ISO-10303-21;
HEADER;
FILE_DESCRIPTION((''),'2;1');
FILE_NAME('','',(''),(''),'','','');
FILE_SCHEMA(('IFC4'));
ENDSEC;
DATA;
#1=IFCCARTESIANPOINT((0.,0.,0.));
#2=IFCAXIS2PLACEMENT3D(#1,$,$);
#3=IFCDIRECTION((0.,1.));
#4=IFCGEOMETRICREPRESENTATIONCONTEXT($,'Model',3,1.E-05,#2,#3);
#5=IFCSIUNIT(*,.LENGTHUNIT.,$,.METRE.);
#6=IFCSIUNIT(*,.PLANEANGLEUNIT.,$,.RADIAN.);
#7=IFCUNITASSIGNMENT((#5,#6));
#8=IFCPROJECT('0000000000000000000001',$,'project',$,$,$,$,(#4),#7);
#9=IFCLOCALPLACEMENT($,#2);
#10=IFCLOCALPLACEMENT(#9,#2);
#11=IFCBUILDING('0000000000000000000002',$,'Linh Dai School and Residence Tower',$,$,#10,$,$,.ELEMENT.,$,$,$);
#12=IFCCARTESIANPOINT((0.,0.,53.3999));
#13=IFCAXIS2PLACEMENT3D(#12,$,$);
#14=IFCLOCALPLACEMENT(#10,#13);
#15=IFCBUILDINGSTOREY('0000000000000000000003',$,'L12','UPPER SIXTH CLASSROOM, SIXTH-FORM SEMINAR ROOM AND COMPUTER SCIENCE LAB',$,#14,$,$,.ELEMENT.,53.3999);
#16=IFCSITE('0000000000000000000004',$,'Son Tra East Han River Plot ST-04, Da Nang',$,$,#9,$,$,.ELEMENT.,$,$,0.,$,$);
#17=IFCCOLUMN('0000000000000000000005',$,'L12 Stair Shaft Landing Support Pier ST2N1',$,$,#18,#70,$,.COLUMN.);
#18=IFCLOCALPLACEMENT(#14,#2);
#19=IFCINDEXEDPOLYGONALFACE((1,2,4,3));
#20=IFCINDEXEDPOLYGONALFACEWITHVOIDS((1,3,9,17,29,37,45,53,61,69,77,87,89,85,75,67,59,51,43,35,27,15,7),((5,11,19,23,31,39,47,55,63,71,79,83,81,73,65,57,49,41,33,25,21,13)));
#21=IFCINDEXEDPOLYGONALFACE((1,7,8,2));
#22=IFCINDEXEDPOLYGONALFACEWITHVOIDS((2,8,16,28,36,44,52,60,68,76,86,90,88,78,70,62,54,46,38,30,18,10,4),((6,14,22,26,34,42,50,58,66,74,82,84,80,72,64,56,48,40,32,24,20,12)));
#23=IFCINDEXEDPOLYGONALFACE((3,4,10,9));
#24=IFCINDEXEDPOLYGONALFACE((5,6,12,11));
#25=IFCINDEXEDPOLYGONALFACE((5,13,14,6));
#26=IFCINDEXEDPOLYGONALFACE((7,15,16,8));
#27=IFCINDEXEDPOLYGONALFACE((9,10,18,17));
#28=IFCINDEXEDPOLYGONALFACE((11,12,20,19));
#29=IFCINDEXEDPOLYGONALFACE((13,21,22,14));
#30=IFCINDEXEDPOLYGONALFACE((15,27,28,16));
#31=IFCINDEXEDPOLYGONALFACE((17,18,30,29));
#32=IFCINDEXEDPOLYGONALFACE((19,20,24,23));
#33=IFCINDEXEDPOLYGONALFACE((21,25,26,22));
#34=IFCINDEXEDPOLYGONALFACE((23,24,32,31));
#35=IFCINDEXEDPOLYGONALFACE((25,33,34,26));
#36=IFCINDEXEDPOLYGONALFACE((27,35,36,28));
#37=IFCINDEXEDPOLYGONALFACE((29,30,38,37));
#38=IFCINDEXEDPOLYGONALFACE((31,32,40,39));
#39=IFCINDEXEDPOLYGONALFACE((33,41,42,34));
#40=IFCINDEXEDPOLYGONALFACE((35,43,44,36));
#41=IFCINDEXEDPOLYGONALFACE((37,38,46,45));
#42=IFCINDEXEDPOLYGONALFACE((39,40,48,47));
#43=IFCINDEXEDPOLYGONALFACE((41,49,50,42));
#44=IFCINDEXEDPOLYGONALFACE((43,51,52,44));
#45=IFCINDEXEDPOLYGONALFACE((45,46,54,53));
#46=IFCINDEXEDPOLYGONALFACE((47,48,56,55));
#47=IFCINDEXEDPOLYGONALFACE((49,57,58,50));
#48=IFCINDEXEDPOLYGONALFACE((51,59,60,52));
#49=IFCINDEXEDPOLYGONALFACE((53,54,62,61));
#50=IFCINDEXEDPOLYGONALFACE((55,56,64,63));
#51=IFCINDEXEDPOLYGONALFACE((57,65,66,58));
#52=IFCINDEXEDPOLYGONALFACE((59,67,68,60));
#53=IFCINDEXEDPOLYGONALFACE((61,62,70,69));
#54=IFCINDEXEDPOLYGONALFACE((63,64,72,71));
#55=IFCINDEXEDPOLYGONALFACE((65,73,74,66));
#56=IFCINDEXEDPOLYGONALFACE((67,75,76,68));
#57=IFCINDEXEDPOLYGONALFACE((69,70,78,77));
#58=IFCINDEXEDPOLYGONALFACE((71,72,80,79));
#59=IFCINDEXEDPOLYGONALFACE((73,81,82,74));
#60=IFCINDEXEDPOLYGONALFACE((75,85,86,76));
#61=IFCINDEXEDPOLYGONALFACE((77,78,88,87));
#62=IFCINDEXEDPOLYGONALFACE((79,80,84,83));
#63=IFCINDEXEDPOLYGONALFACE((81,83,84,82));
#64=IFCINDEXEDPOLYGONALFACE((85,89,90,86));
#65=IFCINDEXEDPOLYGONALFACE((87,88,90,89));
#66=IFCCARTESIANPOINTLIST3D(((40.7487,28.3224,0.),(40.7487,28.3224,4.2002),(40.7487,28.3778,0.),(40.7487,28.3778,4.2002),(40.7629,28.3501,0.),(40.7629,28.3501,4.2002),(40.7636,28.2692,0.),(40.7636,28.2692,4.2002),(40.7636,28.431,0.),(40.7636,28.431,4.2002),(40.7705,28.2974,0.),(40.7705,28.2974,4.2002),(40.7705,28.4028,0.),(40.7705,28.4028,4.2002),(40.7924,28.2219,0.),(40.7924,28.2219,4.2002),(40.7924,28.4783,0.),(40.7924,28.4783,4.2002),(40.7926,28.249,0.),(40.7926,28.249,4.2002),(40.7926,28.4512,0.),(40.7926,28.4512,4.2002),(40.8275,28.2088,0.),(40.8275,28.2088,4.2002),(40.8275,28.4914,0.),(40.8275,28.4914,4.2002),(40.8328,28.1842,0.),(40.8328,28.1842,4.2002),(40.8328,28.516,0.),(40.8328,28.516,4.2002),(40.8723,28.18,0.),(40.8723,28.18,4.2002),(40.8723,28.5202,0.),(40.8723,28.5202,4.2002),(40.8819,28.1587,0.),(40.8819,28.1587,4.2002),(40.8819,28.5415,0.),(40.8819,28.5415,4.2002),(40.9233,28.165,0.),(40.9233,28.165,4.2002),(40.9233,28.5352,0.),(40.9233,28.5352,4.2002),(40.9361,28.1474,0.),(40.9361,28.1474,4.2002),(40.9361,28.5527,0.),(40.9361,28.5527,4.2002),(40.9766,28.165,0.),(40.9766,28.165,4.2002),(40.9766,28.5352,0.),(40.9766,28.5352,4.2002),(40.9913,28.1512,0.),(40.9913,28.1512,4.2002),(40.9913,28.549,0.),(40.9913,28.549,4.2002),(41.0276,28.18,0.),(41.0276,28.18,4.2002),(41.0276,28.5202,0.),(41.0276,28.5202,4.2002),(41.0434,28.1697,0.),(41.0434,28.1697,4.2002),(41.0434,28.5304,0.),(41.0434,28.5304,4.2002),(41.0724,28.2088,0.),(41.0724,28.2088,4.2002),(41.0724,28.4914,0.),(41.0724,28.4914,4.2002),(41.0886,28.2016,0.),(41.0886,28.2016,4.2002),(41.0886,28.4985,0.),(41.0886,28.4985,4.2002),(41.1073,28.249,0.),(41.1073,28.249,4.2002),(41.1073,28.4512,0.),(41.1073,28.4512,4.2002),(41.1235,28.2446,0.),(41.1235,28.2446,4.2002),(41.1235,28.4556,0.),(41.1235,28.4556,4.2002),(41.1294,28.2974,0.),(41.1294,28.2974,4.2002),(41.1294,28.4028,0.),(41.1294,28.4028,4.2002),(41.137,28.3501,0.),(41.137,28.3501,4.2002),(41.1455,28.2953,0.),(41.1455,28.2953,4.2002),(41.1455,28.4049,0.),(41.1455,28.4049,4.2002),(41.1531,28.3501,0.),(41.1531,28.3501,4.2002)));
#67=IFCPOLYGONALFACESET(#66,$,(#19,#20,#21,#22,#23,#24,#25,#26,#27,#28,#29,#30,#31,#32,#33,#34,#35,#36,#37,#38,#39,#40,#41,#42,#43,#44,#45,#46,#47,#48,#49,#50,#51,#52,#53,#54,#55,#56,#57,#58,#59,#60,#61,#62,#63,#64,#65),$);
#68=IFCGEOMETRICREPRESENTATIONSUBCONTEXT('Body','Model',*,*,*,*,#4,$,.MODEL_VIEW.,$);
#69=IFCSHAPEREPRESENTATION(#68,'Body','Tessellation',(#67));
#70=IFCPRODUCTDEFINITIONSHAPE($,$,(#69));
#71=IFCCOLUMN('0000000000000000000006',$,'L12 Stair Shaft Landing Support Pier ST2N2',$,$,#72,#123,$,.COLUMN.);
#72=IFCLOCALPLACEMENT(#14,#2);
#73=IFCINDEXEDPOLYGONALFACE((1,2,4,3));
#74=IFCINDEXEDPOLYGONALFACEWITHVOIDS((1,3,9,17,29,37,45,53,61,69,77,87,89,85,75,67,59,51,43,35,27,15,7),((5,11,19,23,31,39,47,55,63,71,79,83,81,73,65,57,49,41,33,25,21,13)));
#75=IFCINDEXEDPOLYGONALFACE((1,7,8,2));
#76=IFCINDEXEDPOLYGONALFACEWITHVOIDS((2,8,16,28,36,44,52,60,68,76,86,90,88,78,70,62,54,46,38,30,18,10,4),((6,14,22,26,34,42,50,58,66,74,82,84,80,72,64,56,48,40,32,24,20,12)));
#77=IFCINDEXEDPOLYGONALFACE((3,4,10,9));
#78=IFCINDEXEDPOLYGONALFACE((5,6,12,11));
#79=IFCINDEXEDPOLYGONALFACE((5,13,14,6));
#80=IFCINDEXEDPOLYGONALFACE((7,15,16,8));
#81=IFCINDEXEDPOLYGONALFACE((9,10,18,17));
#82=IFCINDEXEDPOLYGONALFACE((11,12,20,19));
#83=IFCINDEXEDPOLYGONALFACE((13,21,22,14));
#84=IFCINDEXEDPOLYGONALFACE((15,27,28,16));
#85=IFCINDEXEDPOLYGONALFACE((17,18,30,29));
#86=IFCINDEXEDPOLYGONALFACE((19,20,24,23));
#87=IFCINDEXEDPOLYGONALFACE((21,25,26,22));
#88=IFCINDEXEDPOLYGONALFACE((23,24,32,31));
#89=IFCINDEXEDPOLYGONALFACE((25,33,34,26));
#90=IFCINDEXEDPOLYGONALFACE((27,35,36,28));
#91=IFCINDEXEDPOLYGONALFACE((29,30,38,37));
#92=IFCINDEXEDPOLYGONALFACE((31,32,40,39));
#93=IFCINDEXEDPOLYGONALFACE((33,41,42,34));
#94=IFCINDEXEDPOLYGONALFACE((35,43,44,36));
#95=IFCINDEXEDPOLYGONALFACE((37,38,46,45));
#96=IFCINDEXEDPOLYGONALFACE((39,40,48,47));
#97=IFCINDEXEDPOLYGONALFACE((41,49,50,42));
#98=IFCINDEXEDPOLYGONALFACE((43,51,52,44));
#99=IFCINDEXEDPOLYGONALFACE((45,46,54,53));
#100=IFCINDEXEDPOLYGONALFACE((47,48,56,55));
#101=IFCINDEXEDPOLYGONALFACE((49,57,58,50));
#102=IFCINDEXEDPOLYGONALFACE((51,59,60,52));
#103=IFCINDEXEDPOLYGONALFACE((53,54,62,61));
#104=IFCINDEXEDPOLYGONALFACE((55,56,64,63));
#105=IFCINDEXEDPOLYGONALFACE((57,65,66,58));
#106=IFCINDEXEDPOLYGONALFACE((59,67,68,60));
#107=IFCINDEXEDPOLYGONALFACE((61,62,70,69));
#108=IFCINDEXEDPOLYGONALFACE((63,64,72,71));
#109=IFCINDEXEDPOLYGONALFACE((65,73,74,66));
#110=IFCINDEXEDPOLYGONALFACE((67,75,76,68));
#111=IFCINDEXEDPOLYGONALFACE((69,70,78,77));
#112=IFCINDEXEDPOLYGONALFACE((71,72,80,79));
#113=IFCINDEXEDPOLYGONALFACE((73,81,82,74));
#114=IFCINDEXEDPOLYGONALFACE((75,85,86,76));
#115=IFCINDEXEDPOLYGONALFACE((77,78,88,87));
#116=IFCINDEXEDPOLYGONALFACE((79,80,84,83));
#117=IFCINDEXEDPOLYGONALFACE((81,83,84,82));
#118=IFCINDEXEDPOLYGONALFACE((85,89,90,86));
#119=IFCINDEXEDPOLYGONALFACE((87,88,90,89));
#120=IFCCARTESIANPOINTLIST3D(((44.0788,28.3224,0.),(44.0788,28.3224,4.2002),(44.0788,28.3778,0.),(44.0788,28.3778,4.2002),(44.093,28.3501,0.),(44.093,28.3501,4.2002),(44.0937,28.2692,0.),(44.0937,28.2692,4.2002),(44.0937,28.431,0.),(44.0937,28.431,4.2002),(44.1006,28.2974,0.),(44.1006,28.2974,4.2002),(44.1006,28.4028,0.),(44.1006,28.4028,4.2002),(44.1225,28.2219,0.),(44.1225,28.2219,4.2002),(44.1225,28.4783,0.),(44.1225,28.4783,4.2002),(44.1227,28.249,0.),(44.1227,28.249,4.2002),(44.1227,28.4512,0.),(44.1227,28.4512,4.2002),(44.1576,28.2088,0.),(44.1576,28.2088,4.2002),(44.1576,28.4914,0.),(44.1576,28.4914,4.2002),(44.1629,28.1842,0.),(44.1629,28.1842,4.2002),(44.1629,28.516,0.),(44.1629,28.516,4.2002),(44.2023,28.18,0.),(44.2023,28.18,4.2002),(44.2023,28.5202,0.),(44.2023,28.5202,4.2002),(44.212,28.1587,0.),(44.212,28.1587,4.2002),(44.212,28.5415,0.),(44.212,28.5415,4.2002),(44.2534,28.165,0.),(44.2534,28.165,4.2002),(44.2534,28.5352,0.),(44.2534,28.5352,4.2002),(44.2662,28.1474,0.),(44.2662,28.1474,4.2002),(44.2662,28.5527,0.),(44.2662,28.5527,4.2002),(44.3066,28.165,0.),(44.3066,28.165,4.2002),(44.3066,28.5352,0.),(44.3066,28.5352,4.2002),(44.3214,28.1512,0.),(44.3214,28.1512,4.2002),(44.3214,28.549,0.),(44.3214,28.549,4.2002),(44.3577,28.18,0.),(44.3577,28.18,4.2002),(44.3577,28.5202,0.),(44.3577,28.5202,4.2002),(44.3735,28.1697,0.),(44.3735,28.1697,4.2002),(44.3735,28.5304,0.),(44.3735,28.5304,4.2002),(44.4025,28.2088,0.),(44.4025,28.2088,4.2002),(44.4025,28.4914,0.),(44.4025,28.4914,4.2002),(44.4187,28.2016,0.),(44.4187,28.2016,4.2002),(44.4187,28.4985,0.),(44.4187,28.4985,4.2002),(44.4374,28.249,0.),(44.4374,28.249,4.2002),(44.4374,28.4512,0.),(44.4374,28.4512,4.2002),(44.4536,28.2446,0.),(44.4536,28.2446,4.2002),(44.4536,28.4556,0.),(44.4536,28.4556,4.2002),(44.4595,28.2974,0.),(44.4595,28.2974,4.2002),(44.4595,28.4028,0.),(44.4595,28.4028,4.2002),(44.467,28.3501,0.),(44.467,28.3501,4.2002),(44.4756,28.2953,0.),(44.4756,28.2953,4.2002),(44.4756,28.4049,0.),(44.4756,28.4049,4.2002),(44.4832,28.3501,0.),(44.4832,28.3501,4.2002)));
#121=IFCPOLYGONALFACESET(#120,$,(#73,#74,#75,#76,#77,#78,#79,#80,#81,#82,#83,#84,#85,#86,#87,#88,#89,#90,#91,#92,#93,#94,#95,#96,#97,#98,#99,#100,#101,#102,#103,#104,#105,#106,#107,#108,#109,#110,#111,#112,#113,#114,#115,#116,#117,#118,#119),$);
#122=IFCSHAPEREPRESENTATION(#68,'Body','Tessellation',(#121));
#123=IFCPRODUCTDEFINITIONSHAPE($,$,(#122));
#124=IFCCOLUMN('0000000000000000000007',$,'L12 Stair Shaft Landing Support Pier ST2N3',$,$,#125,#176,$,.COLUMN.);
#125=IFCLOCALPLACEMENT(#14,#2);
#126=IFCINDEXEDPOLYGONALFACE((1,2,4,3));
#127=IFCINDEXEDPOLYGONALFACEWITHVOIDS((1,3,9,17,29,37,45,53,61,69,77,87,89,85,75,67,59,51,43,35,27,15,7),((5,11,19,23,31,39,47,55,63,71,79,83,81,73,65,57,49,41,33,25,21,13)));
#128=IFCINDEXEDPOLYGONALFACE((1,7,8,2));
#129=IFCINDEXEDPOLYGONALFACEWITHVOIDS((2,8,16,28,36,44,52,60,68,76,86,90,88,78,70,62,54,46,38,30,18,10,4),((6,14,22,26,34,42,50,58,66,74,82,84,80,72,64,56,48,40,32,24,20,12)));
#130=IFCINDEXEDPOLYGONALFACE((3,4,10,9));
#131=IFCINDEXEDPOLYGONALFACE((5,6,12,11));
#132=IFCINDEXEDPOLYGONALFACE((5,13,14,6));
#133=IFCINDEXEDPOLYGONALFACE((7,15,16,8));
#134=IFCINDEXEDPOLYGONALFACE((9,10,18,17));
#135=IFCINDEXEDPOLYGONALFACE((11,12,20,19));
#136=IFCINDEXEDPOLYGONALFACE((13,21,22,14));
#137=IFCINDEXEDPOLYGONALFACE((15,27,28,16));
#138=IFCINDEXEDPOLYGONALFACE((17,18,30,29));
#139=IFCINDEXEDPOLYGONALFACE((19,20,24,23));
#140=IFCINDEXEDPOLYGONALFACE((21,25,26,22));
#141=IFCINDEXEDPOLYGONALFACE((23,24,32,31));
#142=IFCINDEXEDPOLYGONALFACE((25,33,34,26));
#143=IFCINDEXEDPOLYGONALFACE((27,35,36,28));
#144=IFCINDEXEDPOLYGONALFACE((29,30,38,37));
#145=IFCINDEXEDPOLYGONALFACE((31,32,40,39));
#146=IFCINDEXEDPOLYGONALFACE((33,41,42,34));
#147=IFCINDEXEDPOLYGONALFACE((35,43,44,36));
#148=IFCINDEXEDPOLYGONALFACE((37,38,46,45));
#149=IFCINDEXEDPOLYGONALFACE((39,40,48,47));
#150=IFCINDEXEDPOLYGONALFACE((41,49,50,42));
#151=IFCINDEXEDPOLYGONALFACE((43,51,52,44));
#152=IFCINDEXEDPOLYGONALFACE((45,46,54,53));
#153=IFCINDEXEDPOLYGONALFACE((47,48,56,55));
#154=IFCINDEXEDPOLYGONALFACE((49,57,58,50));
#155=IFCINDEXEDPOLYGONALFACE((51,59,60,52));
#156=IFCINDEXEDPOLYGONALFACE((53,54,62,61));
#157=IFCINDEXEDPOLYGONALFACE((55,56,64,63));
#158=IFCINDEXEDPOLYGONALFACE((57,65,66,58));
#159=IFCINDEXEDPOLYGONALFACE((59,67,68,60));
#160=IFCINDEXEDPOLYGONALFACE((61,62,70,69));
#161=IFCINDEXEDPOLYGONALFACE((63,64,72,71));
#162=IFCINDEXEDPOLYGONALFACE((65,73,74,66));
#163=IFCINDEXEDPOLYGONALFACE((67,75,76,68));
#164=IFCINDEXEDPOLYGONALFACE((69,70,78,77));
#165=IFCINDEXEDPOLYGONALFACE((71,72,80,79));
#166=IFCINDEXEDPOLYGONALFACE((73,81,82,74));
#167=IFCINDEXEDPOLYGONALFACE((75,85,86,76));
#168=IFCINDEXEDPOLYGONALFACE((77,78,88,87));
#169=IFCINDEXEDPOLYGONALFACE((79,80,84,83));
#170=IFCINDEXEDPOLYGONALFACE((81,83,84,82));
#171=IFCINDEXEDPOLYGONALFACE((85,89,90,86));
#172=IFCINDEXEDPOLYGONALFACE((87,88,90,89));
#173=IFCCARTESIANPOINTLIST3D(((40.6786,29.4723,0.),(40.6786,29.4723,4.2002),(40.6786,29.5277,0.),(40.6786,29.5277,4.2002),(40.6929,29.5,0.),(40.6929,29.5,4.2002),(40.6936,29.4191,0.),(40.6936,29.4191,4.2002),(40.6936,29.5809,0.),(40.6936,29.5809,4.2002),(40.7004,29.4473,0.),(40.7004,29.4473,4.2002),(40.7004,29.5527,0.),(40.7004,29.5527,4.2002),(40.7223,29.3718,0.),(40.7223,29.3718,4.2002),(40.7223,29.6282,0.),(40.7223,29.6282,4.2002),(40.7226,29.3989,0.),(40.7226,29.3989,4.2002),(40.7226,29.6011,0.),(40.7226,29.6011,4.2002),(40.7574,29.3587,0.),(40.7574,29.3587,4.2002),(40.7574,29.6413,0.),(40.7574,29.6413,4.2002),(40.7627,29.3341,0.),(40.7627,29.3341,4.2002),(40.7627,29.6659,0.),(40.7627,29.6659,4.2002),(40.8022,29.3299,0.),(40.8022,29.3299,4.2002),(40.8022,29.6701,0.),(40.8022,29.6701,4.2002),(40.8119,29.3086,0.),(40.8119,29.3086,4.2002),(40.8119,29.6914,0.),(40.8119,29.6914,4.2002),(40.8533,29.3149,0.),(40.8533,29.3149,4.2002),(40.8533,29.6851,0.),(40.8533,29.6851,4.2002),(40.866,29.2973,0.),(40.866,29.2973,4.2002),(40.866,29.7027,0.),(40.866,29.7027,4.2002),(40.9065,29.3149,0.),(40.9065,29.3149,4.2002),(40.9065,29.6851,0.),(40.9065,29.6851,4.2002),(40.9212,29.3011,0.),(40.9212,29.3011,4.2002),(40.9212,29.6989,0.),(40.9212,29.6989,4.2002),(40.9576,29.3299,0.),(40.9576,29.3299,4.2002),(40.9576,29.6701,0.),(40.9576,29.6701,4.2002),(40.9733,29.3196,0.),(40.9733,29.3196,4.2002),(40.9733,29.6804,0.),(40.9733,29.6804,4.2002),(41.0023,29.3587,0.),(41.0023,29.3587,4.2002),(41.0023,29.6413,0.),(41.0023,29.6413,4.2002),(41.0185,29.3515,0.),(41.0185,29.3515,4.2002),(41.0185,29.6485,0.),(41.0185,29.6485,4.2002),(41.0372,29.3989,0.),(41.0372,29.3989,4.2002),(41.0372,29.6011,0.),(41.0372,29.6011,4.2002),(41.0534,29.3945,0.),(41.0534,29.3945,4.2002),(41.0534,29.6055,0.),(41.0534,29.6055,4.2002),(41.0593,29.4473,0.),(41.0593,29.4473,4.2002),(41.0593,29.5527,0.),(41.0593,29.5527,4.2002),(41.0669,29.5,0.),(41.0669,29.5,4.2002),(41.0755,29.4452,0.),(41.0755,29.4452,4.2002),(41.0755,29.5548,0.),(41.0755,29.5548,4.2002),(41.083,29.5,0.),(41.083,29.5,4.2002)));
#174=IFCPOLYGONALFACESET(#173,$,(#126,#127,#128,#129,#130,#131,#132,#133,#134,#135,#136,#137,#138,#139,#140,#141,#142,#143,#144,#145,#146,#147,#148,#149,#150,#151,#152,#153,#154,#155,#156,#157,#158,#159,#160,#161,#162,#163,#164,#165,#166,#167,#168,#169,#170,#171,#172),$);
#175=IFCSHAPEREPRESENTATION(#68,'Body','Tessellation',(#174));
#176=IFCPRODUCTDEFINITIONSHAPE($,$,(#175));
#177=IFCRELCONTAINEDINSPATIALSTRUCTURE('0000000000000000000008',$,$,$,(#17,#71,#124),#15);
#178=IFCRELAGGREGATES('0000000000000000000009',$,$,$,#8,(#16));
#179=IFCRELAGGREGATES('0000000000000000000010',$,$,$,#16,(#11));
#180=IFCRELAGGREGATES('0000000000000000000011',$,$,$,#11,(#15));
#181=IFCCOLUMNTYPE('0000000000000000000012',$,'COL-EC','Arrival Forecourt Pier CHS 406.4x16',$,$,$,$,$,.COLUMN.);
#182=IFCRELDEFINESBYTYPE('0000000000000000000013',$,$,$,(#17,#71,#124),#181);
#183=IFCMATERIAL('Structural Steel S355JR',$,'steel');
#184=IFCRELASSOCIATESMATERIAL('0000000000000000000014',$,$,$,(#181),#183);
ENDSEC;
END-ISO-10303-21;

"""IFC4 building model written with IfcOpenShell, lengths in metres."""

from ifc_helpers import new_model, si_unit, direction, frame, origin, origin_2d, place, context, subcontext, project, spatial, hollow_circle, extrude, material, material_profile, profile_set, type_object, element, save


model = new_model("IFC4")

# Units and contexts
model_context = context("Model", 3, precision=1e-05, world=origin(), true_north=direction((0.0, 1.0)))
body_context = subcontext(model_context, "Body", "Model", "MODEL_VIEW")
ifc_project = project(units=[si_unit("LENGTHUNIT", "METRE"), si_unit("PLANEANGLEUNIT", "RADIAN")], contexts=[model_context])

# Site, building, storey
site_placement = place(None, origin())
site = spatial("IfcSite", under=ifc_project, at=site_placement, Name="Son Tra East Han River Plot ST-04, Da Nang", CompositionType="ELEMENT", RefElevation=0.0)
building_placement = place(site_placement, origin())
building = spatial("IfcBuilding", under=site, at=building_placement, Name="Linh Dai School and Residence Tower", CompositionType="ELEMENT")
storey_placement = place(building_placement, frame((0.0, 0.0, 53.3999)))
storey = spatial("IfcBuildingStorey", under=building, at=storey_placement, Name="L12", Description="UPPER SIXTH CLASSROOM, SIXTH-FORM SEMINAR ROOM AND COMPUTER SCIENCE LAB", CompositionType="ELEMENT", Elevation=53.3999)

# Columns
ifc_material_1 = material(Name="Structural Steel S355JR", Category="steel")
ifc_material_profile_1 = material_profile(ifc_material_1, hollow_circle(Radius=0.2031, WallThickness=0.0161, at=origin_2d()), Name="CHS 406.4x16")
ifc_profile_set_1 = profile_set([ifc_material_profile_1], Name="Structural Steel S355JR")
column_type_1 = type_object("IfcColumnType", Name="COL-EC", Description="Arrival Forecourt Pier CHS 406.4x16", PredefinedType="COLUMN", material=ifc_profile_set_1)
for number, where, z_axis, x_axis, name in (
    (1, (40.95, 28.3501, 0.0), (0.0, 0.0, 1.0), (1.0, 0.0, 0.0), "L12 Stair Shaft Landing Support Pier ST2N1"),
    (2, (44.28, 28.3501, 0.0), (0.0, 0.0, 1.0), (1.0, 0.0, 0.0), "L12 Stair Shaft Landing Support Pier ST2N2"),
    (3, (40.8799, 29.5, 0.0), (0.0, 0.0, 1.0), (1.0, 0.0, 0.0), "L12 Stair Shaft Landing Support Pier ST2N3"),
):
    element("IfcColumn", number, at=place(storey_placement, frame(where, z_axis=z_axis, x_axis=x_axis)), inside=storey, type_object=column_type_1, Name=name, PredefinedType="COLUMN", context=body_context, shape_type="SweptSolid", body=[
        extrude(hollow_circle(Radius=0.2031, WallThickness=0.0161, at=origin_2d()), origin(), (0.0, 0.0, 1.0), 4.2002),
    ])

save(model, "model.ifc")
